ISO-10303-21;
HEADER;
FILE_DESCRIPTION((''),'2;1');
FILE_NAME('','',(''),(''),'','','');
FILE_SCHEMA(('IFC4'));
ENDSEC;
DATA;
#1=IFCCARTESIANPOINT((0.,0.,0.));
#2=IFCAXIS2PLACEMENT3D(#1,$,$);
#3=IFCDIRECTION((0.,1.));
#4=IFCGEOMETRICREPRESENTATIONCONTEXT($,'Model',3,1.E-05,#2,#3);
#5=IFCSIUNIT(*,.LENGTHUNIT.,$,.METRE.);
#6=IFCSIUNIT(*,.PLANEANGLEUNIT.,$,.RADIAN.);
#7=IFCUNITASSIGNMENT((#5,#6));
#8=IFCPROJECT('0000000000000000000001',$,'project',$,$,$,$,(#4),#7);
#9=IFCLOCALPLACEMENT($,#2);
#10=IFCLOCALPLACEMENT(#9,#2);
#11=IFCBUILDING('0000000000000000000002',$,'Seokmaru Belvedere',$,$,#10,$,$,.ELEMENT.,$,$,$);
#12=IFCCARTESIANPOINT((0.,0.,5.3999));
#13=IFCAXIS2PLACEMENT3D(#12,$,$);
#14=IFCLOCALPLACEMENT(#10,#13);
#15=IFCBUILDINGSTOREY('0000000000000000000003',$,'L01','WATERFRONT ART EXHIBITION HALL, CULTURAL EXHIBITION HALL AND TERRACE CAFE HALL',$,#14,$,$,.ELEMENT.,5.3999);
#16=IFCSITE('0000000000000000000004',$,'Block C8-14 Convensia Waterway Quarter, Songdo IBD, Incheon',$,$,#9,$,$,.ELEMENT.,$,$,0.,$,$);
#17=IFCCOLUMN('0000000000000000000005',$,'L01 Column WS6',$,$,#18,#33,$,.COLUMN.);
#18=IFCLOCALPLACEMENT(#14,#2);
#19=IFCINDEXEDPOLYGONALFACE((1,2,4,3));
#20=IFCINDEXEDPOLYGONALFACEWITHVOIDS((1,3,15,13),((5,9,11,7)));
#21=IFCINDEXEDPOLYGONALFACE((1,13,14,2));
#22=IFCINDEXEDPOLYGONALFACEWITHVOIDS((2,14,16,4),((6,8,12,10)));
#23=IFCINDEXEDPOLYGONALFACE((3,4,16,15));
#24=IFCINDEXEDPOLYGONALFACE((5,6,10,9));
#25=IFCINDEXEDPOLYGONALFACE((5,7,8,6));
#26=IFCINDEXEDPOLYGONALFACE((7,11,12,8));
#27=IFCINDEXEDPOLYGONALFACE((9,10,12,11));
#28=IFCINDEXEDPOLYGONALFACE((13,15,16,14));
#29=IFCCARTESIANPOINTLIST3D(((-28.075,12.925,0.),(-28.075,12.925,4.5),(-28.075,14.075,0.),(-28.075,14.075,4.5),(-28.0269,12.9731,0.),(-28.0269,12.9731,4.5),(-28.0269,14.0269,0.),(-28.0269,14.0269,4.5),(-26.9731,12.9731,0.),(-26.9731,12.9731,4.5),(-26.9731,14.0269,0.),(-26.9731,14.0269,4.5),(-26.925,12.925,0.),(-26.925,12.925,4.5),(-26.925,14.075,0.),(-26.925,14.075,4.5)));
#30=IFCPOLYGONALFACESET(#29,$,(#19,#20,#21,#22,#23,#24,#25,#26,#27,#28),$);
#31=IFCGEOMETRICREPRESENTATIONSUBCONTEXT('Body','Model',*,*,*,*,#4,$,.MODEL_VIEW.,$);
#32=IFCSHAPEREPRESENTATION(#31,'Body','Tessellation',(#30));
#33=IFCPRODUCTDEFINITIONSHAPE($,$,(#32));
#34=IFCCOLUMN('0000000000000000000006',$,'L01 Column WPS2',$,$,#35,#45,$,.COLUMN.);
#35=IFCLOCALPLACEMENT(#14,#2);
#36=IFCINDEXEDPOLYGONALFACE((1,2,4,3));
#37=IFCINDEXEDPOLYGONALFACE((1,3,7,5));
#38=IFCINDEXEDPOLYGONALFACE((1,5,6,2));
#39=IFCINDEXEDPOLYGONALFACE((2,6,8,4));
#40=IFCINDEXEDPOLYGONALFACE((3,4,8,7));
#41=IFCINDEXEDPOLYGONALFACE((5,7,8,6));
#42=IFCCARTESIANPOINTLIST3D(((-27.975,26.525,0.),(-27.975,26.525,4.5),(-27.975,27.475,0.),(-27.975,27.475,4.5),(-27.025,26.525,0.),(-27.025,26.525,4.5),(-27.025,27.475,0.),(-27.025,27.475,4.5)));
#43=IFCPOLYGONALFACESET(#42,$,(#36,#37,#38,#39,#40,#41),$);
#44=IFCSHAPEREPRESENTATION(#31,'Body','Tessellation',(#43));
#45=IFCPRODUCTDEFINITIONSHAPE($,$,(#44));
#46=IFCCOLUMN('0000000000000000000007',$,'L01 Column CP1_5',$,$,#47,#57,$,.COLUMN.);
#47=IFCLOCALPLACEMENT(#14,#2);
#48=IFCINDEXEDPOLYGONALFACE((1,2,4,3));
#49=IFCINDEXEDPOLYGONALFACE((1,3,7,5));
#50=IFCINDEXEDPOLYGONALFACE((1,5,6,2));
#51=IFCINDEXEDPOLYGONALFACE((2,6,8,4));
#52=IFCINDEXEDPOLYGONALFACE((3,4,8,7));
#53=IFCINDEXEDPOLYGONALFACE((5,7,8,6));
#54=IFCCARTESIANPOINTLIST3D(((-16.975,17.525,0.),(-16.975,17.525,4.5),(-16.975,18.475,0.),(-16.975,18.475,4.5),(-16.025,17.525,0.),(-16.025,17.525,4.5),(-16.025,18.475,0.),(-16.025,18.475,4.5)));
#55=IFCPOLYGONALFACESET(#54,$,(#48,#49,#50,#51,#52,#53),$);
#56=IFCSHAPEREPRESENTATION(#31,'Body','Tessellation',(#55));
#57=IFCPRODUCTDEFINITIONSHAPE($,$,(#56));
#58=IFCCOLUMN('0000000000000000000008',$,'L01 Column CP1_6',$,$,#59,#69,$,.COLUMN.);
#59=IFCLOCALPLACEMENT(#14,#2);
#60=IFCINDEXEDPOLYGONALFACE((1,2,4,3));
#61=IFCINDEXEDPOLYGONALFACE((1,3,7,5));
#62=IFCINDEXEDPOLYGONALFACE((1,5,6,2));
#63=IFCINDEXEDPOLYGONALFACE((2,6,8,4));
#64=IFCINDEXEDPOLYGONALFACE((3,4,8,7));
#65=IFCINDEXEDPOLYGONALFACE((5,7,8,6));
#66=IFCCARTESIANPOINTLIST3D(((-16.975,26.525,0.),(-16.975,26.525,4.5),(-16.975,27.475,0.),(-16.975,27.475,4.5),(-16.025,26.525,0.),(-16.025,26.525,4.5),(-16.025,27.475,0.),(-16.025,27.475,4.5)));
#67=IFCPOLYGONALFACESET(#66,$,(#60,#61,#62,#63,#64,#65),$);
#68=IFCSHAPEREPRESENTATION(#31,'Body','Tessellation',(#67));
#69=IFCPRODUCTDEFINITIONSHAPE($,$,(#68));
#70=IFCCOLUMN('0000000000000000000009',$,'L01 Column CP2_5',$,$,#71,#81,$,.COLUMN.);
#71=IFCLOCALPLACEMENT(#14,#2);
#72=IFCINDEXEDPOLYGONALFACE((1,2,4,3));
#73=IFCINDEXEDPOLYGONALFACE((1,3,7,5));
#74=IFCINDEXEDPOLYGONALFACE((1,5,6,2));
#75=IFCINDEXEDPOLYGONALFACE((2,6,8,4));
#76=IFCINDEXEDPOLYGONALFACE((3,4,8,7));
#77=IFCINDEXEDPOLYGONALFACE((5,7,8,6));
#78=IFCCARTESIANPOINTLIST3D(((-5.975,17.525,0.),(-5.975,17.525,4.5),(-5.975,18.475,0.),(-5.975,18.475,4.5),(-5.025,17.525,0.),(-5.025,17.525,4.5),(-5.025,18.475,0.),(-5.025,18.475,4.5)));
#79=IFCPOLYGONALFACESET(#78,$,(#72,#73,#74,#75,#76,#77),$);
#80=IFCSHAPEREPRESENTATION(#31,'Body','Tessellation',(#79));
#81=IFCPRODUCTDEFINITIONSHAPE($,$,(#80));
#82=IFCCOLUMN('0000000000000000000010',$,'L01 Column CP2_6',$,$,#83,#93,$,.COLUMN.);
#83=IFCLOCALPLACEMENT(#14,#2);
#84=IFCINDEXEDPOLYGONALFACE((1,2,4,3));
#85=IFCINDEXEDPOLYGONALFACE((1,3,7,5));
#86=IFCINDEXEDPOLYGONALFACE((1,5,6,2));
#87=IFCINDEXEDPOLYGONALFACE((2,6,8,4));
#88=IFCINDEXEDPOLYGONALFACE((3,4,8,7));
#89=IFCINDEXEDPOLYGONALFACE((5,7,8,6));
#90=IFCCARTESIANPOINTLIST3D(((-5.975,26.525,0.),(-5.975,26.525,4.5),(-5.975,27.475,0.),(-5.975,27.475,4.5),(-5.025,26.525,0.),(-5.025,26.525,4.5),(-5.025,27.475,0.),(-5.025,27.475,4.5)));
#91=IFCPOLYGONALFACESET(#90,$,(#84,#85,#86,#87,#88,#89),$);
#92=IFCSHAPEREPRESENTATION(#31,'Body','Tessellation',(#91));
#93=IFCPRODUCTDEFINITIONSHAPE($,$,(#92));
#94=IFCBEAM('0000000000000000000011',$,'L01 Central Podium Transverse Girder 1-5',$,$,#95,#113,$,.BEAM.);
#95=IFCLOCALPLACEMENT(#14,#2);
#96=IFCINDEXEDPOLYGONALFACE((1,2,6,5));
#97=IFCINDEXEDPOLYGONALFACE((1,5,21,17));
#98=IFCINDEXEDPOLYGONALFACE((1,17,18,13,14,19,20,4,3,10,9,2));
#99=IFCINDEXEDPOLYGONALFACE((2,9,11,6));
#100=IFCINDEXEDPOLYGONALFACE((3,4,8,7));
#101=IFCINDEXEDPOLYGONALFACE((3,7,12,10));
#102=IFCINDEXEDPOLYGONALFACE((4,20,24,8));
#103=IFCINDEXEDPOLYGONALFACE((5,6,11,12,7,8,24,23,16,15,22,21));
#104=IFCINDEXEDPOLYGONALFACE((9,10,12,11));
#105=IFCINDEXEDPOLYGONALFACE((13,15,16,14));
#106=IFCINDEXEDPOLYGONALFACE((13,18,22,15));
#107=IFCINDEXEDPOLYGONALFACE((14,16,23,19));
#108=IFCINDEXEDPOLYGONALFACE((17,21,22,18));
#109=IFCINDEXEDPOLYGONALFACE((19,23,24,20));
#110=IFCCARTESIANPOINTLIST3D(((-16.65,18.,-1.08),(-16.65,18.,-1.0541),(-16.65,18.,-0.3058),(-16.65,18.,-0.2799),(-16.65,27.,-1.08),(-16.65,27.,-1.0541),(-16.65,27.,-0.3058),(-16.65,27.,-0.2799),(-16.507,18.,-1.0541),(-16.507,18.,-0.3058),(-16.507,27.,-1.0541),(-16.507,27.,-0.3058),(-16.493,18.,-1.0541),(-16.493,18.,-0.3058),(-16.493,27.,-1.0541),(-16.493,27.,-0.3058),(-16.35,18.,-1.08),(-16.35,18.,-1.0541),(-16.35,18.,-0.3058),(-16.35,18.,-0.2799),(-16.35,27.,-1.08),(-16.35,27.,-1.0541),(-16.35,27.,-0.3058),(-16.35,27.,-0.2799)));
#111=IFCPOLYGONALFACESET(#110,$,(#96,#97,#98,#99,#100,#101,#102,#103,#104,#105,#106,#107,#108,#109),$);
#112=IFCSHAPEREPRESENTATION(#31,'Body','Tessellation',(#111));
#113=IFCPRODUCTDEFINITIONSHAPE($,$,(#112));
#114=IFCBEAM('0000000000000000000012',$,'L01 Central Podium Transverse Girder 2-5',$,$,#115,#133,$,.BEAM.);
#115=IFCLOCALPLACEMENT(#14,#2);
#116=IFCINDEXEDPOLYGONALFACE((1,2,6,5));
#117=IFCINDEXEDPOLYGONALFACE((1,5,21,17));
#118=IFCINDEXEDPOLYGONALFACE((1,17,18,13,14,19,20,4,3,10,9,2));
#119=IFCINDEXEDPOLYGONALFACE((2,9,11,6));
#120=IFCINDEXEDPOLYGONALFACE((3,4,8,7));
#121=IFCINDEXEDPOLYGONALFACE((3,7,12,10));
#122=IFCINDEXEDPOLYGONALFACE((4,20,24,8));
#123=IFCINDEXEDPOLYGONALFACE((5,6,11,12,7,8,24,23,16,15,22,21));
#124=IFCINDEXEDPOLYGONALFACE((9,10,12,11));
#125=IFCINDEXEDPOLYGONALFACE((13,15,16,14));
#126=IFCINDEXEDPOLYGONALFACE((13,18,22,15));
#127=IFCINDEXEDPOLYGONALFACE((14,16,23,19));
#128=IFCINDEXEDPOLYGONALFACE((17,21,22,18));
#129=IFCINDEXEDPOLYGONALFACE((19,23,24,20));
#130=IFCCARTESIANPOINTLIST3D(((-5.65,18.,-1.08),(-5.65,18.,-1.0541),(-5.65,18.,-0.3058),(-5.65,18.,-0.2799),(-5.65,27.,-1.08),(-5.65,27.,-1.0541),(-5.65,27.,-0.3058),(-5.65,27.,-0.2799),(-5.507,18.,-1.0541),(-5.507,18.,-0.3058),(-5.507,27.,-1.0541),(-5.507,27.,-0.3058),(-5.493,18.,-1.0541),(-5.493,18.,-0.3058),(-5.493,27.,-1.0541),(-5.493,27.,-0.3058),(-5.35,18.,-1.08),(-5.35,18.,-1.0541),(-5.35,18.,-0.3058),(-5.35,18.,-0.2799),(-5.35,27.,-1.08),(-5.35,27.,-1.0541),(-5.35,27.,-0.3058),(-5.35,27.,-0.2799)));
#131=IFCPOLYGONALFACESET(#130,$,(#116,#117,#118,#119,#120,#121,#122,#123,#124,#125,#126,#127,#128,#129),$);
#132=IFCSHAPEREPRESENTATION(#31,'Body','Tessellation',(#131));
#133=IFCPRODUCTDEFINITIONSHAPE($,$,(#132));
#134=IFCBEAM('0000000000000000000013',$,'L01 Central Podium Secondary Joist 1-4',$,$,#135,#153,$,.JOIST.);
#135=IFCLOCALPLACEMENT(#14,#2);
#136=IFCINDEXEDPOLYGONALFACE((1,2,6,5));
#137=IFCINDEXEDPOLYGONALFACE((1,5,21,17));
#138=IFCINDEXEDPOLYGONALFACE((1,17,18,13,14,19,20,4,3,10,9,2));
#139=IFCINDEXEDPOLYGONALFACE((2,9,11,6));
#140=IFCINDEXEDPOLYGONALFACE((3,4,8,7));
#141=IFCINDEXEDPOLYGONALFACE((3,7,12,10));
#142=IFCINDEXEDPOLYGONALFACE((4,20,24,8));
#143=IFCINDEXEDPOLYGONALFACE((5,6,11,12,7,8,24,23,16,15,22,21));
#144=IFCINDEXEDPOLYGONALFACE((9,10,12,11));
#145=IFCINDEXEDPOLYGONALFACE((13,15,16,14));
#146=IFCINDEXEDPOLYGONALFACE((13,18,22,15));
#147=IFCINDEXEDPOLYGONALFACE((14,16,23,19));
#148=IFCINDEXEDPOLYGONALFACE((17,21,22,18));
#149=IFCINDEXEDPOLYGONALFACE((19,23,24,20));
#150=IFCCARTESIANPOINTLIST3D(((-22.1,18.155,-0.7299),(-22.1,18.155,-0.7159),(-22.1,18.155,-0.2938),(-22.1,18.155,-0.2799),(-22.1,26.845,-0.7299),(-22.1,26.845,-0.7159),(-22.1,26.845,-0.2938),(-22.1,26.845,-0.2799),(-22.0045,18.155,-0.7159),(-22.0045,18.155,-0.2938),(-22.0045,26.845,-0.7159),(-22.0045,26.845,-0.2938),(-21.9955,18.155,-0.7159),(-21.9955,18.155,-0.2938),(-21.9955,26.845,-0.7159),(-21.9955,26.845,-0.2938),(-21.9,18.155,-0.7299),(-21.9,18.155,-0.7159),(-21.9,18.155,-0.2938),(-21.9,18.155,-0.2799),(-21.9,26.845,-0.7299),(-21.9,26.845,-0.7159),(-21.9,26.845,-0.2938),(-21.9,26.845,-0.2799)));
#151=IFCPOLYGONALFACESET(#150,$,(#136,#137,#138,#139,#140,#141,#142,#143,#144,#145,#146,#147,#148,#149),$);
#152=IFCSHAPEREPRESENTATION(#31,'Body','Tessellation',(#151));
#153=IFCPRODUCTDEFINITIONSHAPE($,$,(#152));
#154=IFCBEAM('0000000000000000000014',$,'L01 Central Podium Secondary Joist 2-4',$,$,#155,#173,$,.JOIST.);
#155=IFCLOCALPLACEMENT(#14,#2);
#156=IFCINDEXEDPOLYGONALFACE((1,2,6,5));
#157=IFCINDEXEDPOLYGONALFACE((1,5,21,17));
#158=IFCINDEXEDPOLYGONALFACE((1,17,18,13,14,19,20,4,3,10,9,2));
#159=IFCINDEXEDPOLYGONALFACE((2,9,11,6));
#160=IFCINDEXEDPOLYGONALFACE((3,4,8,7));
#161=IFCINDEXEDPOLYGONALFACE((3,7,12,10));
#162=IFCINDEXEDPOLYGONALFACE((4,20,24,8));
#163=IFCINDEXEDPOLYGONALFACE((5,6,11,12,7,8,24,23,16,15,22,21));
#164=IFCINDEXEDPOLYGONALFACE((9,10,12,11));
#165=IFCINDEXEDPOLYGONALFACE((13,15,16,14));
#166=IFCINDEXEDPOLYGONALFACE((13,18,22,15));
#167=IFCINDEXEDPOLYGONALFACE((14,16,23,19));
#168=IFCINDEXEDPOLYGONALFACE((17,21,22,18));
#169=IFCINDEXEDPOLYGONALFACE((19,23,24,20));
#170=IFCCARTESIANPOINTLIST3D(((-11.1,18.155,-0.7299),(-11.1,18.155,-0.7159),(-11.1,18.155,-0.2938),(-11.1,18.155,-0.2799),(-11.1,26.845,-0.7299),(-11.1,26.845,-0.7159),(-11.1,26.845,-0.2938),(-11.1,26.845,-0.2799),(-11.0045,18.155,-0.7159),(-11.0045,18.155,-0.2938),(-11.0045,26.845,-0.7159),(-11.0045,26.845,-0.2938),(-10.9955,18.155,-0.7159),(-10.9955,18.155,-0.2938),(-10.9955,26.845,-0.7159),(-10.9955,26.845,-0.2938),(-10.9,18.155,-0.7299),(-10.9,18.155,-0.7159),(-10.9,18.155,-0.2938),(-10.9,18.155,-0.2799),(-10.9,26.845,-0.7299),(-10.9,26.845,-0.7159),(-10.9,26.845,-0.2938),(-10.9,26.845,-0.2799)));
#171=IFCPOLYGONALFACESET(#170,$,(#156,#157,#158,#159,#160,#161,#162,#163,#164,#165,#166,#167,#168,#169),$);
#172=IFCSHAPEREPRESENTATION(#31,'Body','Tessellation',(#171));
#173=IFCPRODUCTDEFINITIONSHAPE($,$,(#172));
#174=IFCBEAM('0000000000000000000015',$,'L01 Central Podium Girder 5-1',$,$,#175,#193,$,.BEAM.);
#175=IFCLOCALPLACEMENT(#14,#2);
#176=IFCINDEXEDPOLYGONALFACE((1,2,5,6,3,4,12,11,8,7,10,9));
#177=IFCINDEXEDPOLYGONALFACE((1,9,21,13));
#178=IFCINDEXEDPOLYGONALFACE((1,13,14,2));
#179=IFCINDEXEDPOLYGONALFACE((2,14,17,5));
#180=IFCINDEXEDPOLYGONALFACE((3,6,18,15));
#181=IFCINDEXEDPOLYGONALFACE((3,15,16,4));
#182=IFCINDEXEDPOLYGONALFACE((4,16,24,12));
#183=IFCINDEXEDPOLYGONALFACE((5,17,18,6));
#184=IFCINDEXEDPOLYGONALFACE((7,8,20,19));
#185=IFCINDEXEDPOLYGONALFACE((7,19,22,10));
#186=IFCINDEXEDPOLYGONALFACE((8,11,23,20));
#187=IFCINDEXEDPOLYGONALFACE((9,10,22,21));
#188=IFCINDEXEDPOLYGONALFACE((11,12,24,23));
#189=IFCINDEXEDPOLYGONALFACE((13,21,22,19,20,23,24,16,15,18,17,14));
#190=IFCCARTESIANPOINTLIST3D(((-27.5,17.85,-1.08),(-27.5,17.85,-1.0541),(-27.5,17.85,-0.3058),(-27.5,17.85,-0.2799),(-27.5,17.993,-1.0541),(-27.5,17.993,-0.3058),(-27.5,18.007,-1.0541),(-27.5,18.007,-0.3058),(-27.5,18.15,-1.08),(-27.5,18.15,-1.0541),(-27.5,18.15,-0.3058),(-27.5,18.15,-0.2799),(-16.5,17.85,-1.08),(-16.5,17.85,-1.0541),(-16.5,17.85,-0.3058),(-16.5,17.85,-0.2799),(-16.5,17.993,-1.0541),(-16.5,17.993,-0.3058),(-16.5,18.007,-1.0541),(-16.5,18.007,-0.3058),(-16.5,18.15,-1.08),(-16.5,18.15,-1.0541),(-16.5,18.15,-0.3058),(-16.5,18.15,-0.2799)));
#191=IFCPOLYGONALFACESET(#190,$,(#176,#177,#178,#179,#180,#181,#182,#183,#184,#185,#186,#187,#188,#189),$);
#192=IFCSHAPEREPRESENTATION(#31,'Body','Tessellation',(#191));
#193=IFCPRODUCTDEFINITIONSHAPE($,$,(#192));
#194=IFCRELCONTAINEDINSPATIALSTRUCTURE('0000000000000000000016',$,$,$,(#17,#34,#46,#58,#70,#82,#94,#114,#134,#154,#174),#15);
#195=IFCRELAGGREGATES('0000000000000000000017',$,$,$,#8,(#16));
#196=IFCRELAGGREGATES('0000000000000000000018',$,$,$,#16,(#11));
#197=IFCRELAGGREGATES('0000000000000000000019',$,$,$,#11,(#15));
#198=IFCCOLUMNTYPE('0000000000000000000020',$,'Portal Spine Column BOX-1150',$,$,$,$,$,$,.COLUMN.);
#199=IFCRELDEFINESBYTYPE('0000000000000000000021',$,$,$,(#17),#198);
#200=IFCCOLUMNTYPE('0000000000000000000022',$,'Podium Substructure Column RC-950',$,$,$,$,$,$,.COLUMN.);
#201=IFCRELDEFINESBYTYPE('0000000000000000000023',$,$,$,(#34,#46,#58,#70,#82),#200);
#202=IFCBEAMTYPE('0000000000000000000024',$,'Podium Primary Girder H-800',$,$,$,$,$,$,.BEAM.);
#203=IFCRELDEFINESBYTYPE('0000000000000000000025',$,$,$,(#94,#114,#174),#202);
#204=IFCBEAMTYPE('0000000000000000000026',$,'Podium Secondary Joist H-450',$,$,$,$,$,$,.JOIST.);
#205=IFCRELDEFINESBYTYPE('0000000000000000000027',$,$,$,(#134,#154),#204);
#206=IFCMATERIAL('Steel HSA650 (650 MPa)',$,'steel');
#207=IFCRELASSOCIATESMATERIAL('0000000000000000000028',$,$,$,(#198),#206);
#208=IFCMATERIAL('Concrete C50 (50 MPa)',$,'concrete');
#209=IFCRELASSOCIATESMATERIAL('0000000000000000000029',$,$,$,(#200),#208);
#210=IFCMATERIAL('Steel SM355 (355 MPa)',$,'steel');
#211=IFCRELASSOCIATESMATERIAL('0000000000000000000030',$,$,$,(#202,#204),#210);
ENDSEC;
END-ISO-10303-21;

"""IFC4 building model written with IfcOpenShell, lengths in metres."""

from ifc_helpers import new_model, si_unit, direction, frame, origin, origin_2d, place, context, subcontext, project, spatial, rectangle, hollow_rectangle, i_section, extrude, source, transform, mapped, material, material_profile, profile_set, type_object, type_shapes, element, save


model = new_model("IFC4")

# Units and contexts
model_context = context("Model", 3, precision=1e-05, world=origin(), true_north=direction((0.0, 1.0)))
body_context = subcontext(model_context, "Body", "Model", "MODEL_VIEW")
ifc_project = project(units=[si_unit("LENGTHUNIT", "METRE"), si_unit("PLANEANGLEUNIT", "RADIAN")], contexts=[model_context])

# Site, building, storey
site_placement = place(None, origin())
site = spatial("IfcSite", under=ifc_project, at=site_placement, Name="Block C8-14 Convensia Waterway Quarter, Songdo IBD, Incheon", CompositionType="ELEMENT", RefElevation=0.0)
building_placement = place(site_placement, origin())
building = spatial("IfcBuilding", under=site, at=building_placement, Name="Seokmaru Belvedere", CompositionType="ELEMENT")
storey_placement = place(building_placement, frame((0.0, 0.0, 5.3999)))
storey = spatial("IfcBuildingStorey", under=building, at=storey_placement, Name="L01", Description="WATERFRONT ART EXHIBITION HALL, CULTURAL EXHIBITION HALL AND TERRACE CAFE HALL", CompositionType="ELEMENT", Elevation=5.3999)

# Columns
ifc_material_1 = material(Name="Steel HSA650 (650 MPa)", Category="steel")
ifc_material_profile_1 = material_profile(ifc_material_1, hollow_rectangle(XDim=1.1499, YDim=1.1499, WallThickness=0.0481, at=origin_2d()), Name="BOX-1150x1150x48")
ifc_profile_set_1 = profile_set([ifc_material_profile_1], Name="Steel HSA650 (650 MPa)")
column_type_1 = type_object("IfcColumnType", Name="Portal Spine Column BOX-1150", PredefinedType="COLUMN", material=ifc_profile_set_1)
shared_shape_1 = source(origin(), body_context, "Body", "SweptSolid", [
    extrude(hollow_rectangle(XDim=1.1499, YDim=1.1499, WallThickness=0.0481, at=origin_2d()), origin(), (0.0, 0.0, 1.0), 4.5),
])
type_shapes(column_type_1, [shared_shape_1])
column_placement = place(storey_placement, frame((-27.5, 13.5, 0.0), z_axis=(0.0, 0.0, 1.0), x_axis=(1.0, 0.0, 0.0)))
element("IfcColumn", 1, at=column_placement, inside=storey, type_object=column_type_1, Name="L01 Column WS6", PredefinedType="COLUMN", context=body_context, shape_type="MappedRepresentation", body=[
    mapped(shared_shape_1, transform((0.0, 0.0, 0.0), scale=1.0)),
])
ifc_material_2 = material(Name="Concrete C50 (50 MPa)", Category="concrete")
ifc_material_profile_2 = material_profile(ifc_material_2, rectangle(XDim=0.95, YDim=0.95, at=origin_2d()), Name="RC-950x950")
ifc_profile_set_2 = profile_set([ifc_material_profile_2], Name="Concrete C50 (50 MPa)")
column_type_2 = type_object("IfcColumnType", Name="Podium Substructure Column RC-950", PredefinedType="COLUMN", material=ifc_profile_set_2)
shared_shape_2 = source(origin(), body_context, "Body", "SweptSolid", [
    extrude(rectangle(XDim=0.95, YDim=0.95, at=origin_2d()), origin(), (0.0, 0.0, 1.0), 4.5),
])
type_shapes(column_type_2, [shared_shape_2])
for number, where, z_axis, x_axis, name in (
    (2, (-27.5, 27.0, 0.0), (0.0, 0.0, 1.0), (1.0, 0.0, 0.0), "L01 Column WPS2"),
    (3, (-16.5, 18.0, 0.0), (0.0, 0.0, 1.0), (1.0, 0.0, 0.0), "L01 Column CP1_5"),
    (4, (-16.5, 27.0, 0.0), (0.0, 0.0, 1.0), (1.0, 0.0, 0.0), "L01 Column CP1_6"),
    (5, (-5.5, 18.0, 0.0), (0.0, 0.0, 1.0), (1.0, 0.0, 0.0), "L01 Column CP2_5"),
    (6, (-5.5, 27.0, 0.0), (0.0, 0.0, 1.0), (1.0, 0.0, 0.0), "L01 Column CP2_6"),
):
    element("IfcColumn", number, at=place(storey_placement, frame(where, z_axis=z_axis, x_axis=x_axis)), inside=storey, type_object=column_type_2, Name=name, PredefinedType="COLUMN", context=body_context, shape_type="MappedRepresentation", body=[
        mapped(shared_shape_2, transform((0.0, 0.0, 0.0), scale=1.0)),
    ])

# Beams
ifc_material_3 = material(Name="Steel SM355 (355 MPa)", Category="steel")
ifc_material_profile_3 = material_profile(ifc_material_3, i_section(OverallWidth=0.3, OverallDepth=0.8, WebThickness=0.0139, FlangeThickness=0.0259, at=origin_2d()), Name="H-800x300x14x26")
ifc_profile_set_3 = profile_set([ifc_material_profile_3], Name="Steel SM355 (355 MPa)")
beam_type_1 = type_object("IfcBeamType", Name="Podium Primary Girder H-800", PredefinedType="BEAM", material=ifc_profile_set_3)
shared_shape_3 = source(origin(), body_context, "Body", "SweptSolid", [
    extrude(i_section(OverallWidth=0.3, OverallDepth=0.8, WebThickness=0.0139, FlangeThickness=0.0259, at=origin_2d()), origin(), (0.0, 0.0, 1.0), 9.0),
])
for number, where, z_axis, x_axis, name in (
    (7, (-16.5, 18.0, -0.6799), (0.0, 1.0, 0.0), (-1.0, 0.0, 0.0), "L01 Central Podium Transverse Girder 1-5"),
    (8, (-5.5, 18.0, -0.6799), (0.0, 1.0, 0.0), (-1.0, 0.0, 0.0), "L01 Central Podium Transverse Girder 2-5"),
):
    element("IfcBeam", number, at=place(storey_placement, frame(where, z_axis=z_axis, x_axis=x_axis)), inside=storey, type_object=beam_type_1, Name=name, PredefinedType="BEAM", context=body_context, shape_type="MappedRepresentation", body=[
        mapped(shared_shape_3, transform((0.0, 0.0, 0.0), scale=1.0)),
    ])
ifc_material_profile_4 = material_profile(ifc_material_3, i_section(OverallWidth=0.2, OverallDepth=0.45, WebThickness=0.009, FlangeThickness=0.0139, at=origin_2d()), Name="H-450x200x9x14")
ifc_profile_set_4 = profile_set([ifc_material_profile_4], Name="Steel SM355 (355 MPa)")
beam_type_2 = type_object("IfcBeamType", Name="Podium Secondary Joist H-450", PredefinedType="JOIST", material=ifc_profile_set_4)
shared_shape_4 = source(origin(), body_context, "Body", "SweptSolid", [
    extrude(i_section(OverallWidth=0.2, OverallDepth=0.45, WebThickness=0.009, FlangeThickness=0.0139, at=origin_2d()), origin(), (0.0, 0.0, 1.0), 8.6899),
])
type_shapes(beam_type_2, [shared_shape_4])
for number, where, z_axis, x_axis, name in (
    (9, (-22.0, 18.155, -0.5049), (0.0, 1.0, 0.0), (-1.0, 0.0, 0.0), "L01 Central Podium Secondary Joist 1-4"),
    (10, (-11.0, 18.155, -0.5049), (0.0, 1.0, 0.0), (-1.0, 0.0, 0.0), "L01 Central Podium Secondary Joist 2-4"),
):
    element("IfcBeam", number, at=place(storey_placement, frame(where, z_axis=z_axis, x_axis=x_axis)), inside=storey, type_object=beam_type_2, Name=name, PredefinedType="JOIST", context=body_context, shape_type="MappedRepresentation", body=[
        mapped(shared_shape_4, transform((0.0, 0.0, 0.0), scale=1.0)),
    ])
shared_shape_5 = source(origin(), body_context, "Body", "SweptSolid", [
    extrude(i_section(OverallWidth=0.3, OverallDepth=0.8, WebThickness=0.0139, FlangeThickness=0.0259, at=origin_2d()), origin(), (0.0, 0.0, 1.0), 11.0),
])
for number, where, z_axis, x_axis, name in (
    (11, (-27.5, 18.0, -0.6799), (1.0, 0.0, 0.0), (0.0, 1.0, 0.0), "L01 Central Podium Girder 5-1"),
):
    element("IfcBeam", number, at=place(storey_placement, frame(where, z_axis=z_axis, x_axis=x_axis)), inside=storey, type_object=beam_type_1, Name=name, PredefinedType="BEAM", context=body_context, shape_type="MappedRepresentation", body=[
        mapped(shared_shape_5, transform((0.0, 0.0, 0.0), scale=1.0)),
    ])

save(model, "model.ifc")
